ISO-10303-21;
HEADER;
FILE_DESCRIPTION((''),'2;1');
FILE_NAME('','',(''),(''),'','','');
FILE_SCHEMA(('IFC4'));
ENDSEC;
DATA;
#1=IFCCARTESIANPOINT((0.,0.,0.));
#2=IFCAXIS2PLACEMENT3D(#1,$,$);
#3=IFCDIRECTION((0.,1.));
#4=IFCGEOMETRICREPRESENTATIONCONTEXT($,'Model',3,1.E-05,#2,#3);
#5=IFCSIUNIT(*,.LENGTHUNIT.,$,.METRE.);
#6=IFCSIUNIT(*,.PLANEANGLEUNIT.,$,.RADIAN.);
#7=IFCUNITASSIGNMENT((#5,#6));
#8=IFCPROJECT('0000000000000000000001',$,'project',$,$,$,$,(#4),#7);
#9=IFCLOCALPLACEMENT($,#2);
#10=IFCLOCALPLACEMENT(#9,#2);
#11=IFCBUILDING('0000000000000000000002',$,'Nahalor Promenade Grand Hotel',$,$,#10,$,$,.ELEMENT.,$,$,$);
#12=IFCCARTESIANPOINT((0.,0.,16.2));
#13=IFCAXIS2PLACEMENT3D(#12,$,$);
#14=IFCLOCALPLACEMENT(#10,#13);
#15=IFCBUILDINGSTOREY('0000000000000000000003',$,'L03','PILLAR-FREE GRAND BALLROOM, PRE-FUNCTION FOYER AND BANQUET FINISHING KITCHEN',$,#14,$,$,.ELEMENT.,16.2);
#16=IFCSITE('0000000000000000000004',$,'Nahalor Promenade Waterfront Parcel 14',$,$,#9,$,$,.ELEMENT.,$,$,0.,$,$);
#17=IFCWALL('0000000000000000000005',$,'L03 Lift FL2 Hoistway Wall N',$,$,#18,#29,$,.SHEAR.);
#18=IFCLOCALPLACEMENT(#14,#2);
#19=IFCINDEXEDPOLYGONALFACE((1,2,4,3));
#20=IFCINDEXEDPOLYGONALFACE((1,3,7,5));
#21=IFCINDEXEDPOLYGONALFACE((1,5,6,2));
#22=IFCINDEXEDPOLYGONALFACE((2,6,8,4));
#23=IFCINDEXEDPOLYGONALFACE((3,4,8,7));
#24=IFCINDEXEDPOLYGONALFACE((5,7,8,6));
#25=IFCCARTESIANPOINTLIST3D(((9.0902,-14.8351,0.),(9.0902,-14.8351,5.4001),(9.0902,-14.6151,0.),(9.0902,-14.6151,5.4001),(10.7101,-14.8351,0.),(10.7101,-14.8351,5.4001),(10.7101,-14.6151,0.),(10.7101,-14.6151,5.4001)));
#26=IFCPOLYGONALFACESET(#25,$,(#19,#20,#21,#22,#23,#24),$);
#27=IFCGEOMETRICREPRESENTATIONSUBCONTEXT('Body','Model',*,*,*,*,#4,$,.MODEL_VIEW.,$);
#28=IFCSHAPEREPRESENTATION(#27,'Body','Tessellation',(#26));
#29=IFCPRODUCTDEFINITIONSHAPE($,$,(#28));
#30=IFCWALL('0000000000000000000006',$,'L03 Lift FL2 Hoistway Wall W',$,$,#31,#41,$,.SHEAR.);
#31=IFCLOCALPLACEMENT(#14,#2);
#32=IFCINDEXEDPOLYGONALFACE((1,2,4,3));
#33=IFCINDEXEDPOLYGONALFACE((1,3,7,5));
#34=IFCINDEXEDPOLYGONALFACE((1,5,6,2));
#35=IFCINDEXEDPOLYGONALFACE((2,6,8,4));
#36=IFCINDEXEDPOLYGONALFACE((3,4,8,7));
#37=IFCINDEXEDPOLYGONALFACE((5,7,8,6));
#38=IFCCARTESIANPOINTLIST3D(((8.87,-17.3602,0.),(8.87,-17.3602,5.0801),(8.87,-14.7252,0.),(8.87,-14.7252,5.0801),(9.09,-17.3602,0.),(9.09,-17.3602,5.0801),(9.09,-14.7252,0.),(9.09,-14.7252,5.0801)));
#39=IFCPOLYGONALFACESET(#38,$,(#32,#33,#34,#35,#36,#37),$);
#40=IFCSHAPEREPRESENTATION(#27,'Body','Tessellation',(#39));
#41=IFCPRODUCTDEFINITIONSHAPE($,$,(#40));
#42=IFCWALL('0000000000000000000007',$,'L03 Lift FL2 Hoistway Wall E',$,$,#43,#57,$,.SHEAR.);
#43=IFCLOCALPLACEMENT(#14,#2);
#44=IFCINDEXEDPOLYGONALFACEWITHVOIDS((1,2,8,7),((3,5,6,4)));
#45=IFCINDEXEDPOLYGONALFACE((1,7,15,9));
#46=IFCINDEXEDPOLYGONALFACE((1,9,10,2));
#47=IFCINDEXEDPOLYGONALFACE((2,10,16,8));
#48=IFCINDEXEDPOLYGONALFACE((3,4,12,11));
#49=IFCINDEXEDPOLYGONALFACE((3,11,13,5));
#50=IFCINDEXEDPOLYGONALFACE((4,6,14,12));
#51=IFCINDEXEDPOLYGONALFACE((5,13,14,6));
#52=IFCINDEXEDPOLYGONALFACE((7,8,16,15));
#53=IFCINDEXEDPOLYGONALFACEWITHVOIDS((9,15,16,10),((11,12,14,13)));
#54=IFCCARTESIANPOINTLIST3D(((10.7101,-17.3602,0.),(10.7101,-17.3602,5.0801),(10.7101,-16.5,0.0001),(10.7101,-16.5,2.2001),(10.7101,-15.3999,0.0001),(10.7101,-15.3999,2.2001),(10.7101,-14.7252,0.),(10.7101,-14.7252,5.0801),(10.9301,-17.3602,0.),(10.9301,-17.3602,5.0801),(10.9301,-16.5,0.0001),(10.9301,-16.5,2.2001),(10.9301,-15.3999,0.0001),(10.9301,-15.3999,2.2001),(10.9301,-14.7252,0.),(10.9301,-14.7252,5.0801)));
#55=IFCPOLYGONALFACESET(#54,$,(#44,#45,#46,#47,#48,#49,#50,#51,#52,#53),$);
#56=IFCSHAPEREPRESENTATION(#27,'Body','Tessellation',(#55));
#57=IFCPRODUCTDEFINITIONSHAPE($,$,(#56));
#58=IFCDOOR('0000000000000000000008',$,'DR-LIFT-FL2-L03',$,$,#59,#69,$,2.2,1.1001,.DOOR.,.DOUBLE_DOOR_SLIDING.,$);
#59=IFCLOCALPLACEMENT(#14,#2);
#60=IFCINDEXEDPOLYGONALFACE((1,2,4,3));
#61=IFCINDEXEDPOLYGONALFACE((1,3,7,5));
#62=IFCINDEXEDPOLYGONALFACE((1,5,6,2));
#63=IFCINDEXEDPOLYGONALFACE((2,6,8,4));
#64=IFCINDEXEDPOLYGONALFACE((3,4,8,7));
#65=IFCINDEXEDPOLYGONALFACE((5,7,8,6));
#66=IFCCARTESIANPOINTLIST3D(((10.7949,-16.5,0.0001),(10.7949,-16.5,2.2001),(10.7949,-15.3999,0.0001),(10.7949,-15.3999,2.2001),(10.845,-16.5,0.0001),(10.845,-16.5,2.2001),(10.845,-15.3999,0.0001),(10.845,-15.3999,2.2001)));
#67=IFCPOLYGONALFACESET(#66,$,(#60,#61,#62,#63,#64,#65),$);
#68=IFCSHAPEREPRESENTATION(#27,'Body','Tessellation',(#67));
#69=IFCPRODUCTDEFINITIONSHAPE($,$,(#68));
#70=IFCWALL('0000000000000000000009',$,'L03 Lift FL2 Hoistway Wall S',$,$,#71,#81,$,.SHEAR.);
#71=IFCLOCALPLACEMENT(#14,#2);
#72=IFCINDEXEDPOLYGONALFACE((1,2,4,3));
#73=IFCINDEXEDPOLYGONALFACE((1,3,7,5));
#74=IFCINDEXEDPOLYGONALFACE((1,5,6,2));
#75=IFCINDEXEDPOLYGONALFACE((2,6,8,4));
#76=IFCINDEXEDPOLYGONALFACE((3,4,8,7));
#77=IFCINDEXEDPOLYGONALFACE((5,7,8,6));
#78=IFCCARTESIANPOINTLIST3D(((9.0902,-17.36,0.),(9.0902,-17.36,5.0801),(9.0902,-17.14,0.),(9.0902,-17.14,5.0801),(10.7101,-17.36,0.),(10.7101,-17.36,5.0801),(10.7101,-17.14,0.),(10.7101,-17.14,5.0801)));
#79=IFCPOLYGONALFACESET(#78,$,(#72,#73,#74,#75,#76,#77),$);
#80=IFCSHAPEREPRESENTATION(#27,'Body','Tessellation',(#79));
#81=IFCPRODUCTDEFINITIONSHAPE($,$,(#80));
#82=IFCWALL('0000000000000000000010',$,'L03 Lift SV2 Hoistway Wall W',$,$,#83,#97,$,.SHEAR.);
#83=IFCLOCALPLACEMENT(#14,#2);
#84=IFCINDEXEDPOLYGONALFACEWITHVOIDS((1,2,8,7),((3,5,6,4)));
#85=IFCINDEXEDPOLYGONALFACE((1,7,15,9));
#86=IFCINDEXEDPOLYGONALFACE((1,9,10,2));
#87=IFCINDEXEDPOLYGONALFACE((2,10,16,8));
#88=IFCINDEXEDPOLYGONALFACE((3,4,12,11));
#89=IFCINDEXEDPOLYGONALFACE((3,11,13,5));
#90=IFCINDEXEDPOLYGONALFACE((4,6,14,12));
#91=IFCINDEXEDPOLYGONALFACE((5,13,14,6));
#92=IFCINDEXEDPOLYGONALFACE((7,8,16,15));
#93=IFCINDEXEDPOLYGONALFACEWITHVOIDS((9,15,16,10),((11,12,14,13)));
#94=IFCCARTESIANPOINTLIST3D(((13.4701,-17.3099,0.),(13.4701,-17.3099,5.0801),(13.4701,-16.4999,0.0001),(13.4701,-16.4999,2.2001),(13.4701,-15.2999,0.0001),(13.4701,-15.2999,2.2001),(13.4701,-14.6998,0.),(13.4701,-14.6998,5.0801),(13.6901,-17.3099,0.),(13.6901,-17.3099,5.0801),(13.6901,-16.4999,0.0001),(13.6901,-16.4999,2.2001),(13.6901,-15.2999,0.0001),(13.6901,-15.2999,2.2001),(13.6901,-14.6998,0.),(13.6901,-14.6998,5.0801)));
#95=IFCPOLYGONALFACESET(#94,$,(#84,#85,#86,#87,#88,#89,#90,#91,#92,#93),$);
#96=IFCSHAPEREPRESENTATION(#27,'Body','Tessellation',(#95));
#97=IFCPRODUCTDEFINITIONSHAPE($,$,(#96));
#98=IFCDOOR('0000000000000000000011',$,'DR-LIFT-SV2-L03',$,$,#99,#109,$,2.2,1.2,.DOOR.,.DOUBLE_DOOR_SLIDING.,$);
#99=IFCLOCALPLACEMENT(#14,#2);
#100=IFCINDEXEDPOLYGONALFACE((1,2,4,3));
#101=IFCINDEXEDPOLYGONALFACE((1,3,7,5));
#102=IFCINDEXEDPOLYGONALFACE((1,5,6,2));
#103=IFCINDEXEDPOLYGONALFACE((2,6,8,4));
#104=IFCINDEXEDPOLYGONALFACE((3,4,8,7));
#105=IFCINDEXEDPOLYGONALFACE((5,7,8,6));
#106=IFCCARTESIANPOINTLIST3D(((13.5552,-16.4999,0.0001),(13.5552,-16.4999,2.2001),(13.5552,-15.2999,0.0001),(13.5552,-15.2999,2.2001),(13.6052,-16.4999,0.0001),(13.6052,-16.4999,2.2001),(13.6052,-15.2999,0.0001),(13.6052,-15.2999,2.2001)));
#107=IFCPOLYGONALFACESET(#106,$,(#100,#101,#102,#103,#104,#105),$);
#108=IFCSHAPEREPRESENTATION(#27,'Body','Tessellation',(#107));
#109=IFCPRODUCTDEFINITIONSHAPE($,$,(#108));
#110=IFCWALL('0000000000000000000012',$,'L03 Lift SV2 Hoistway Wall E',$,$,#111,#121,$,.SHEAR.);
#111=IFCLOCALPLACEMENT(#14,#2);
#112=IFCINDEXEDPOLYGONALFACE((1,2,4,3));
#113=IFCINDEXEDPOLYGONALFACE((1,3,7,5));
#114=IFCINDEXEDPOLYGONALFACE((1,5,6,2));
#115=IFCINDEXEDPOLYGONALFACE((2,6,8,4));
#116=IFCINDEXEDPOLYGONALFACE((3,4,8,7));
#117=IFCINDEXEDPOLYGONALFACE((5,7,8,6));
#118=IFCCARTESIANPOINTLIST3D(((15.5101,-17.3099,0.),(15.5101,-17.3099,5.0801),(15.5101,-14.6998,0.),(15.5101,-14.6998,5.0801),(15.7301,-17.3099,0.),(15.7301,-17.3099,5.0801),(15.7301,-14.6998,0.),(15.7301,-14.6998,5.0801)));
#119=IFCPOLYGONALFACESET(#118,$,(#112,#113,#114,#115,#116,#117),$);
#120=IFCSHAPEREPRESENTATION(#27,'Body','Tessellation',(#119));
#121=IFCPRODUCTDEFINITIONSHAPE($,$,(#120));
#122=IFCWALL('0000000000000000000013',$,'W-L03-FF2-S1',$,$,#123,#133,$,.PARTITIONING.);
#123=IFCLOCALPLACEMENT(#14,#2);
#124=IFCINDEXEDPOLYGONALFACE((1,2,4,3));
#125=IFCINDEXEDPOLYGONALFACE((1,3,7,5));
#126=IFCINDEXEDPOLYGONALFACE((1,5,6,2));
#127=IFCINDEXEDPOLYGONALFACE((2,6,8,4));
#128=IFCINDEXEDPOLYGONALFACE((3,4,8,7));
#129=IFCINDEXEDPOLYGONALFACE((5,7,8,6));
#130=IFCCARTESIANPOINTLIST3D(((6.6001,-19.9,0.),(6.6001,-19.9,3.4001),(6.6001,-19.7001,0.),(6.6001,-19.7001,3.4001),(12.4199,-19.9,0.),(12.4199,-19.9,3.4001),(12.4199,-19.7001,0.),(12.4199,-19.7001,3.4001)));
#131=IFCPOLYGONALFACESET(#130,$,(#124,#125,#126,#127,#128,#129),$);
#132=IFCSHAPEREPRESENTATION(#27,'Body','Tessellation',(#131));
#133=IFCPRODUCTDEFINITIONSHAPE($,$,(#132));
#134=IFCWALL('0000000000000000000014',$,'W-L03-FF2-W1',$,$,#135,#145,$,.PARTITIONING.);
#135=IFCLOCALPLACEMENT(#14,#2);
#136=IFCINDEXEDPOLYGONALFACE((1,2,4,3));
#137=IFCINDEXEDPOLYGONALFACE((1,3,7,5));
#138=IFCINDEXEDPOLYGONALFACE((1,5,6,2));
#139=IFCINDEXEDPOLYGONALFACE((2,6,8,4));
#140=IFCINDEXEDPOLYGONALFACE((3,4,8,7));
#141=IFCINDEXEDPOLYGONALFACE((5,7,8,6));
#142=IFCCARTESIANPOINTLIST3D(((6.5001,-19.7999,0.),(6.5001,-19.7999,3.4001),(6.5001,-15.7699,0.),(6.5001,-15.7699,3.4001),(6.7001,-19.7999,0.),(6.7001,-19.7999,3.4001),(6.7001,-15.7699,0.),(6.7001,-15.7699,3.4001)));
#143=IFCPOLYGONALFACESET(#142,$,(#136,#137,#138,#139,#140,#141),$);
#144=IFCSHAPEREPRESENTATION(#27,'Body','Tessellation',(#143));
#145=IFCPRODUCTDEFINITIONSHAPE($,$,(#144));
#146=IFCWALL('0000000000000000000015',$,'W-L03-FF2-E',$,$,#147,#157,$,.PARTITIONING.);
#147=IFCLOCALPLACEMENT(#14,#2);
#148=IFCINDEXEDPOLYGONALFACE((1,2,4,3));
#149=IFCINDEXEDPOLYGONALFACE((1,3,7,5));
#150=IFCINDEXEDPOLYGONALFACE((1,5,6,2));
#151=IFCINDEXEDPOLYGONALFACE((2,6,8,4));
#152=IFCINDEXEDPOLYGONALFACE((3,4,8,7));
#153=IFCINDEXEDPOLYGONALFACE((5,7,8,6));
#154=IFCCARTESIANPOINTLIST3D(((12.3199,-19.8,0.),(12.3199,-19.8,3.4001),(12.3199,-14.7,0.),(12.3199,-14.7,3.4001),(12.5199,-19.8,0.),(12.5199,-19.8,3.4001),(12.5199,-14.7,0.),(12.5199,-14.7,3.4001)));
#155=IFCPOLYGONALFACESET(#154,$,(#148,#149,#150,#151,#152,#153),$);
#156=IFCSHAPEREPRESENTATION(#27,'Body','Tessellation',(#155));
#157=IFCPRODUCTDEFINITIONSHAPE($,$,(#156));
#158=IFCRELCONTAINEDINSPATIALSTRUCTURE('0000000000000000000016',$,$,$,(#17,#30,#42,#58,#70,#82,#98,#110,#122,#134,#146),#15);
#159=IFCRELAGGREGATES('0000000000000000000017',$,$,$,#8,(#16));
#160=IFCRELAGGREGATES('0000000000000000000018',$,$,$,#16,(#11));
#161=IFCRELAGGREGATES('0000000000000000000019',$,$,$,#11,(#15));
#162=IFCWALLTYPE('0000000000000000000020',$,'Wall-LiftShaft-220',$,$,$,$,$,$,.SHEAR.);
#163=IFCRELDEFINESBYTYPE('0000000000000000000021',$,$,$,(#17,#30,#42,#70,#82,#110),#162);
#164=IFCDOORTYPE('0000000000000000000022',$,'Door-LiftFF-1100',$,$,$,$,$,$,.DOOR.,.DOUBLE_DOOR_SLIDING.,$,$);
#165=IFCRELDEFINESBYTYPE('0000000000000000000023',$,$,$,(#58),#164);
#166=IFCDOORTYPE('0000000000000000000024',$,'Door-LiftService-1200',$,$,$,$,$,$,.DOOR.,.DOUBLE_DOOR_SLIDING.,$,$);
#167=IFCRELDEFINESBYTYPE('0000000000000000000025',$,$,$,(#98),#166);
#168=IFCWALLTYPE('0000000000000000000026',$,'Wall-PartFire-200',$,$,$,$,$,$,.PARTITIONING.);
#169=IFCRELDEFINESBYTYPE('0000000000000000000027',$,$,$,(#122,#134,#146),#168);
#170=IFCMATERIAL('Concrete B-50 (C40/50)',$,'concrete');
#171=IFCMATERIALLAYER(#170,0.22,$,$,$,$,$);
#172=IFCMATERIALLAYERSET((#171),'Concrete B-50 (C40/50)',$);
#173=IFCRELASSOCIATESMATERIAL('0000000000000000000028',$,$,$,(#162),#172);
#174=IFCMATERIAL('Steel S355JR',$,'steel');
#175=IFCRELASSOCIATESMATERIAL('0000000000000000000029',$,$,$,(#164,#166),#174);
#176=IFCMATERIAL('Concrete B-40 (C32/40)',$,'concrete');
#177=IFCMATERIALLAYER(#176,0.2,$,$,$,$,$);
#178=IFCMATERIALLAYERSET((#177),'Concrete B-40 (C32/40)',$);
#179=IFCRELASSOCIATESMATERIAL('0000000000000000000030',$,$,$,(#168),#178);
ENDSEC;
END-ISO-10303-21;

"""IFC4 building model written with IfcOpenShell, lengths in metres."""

from ifc_helpers import new_model, si_unit, direction, frame, frame_2d, origin, place, context, subcontext, project, spatial, rectangle, extrude, source, transform, mapped, material, layer, layer_set, type_object, element, fill, save


model = new_model("IFC4")

# Units and contexts
model_context = context("Model", 3, precision=1e-05, world=origin(), true_north=direction((0.0, 1.0)))
body_context = subcontext(model_context, "Body", "Model", "MODEL_VIEW")
ifc_project = project(units=[si_unit("LENGTHUNIT", "METRE"), si_unit("PLANEANGLEUNIT", "RADIAN")], contexts=[model_context])

# Site, building, storey
site_placement = place(None, origin())
site = spatial("IfcSite", under=ifc_project, at=site_placement, Name="Nahalor Promenade Waterfront Parcel 14", CompositionType="ELEMENT", RefElevation=0.0)
building_placement = place(site_placement, origin())
building = spatial("IfcBuilding", under=site, at=building_placement, Name="Nahalor Promenade Grand Hotel", CompositionType="ELEMENT")
storey_placement = place(building_placement, frame((0.0, 0.0, 16.2)))
storey = spatial("IfcBuildingStorey", under=building, at=storey_placement, Name="L03", Description="PILLAR-FREE GRAND BALLROOM, PRE-FUNCTION FOYER AND BANQUET FINISHING KITCHEN", CompositionType="ELEMENT", Elevation=16.2)

# Shared definitions
ifc_material_1 = material(Name="Steel S355JR", Category="steel")

# Shared definitions
ifc_material_2 = material(Name="Concrete B-50 (C40/50)", Category="concrete")

# Walls
ifc_layer_1 = layer(ifc_material_2, 0.22)
ifc_layer_set_1 = layer_set([ifc_layer_1], Name="Concrete B-50 (C40/50)")
wall_type_1 = type_object("IfcWallType", Name="Wall-LiftShaft-220", PredefinedType="SHEAR", material=ifc_layer_set_1)
shared_shape_1 = source(origin(), body_context, "Body", "SweptSolid", [
    extrude(rectangle(XDim=1.6199, YDim=0.22, at=frame_2d((0.8101, 0.0))), origin(), (0.0, 0.0, 1.0), 5.4001),
])
wall_1_placement = place(storey_placement, frame((9.0901, -14.7251, 0.0), z_axis=(0.0, 0.0, 1.0), x_axis=(1.0, 0.0, 0.0)))
element("IfcWall", 1, at=wall_1_placement, inside=storey, type_object=wall_type_1, Name="L03 Lift FL2 Hoistway Wall N", PredefinedType="SHEAR", context=body_context, shape_type="MappedRepresentation", body=[
    mapped(shared_shape_1, transform((0.0, 0.0, 0.0), scale=1.0)),
])
shared_shape_2 = source(origin(), body_context, "Body", "SweptSolid", [
    extrude(rectangle(XDim=2.635, YDim=0.22, at=frame_2d((1.3174, 0.0))), origin(), (0.0, 0.0, 1.0), 5.0801),
])
wall_2_placement = place(storey_placement, frame((8.98, -17.3601, 0.0), z_axis=(0.0, 0.0, 1.0), x_axis=(0.0, 1.0, 0.0)))
element("IfcWall", 2, at=wall_2_placement, inside=storey, type_object=wall_type_1, Name="L03 Lift FL2 Hoistway Wall W", PredefinedType="SHEAR", context=body_context, shape_type="MappedRepresentation", body=[
    mapped(shared_shape_2, transform((0.0, 0.0, 0.0), scale=1.0)),
])

# Wall, opening, door
wall_3_placement = place(storey_placement, frame((10.8201, -17.3601, 0.0), z_axis=(0.0, 0.0, 1.0), x_axis=(0.0, 1.0, 0.0)))
wall_3 = element("IfcWall", 3, at=wall_3_placement, inside=storey, type_object=wall_type_1, Name="L03 Lift FL2 Hoistway Wall E", PredefinedType="SHEAR", context=body_context, shape_type="MappedRepresentation", body=[
    mapped(shared_shape_2, transform((0.0, 0.0, 0.0), scale=1.0)),
])
opening_1_placement = place(wall_3_placement, frame((0.8601, 0.0, 0.0)))
opening_1 = element("IfcOpeningElement", 4, at=opening_1_placement, cuts=wall_3, PredefinedType="OPENING", context=body_context, shape_type="SweptSolid", body=[
    extrude(rectangle(XDim=1.1001, YDim=2.2, at=frame_2d((0.55, 1.1001))), frame((0.0, 0.1199, 0.0), z_axis=(0.0, -1.0, 0.0), x_axis=(1.0, 0.0, 0.0)), (0.0, 0.0, 1.0), 0.24),
])
door_type_1 = type_object("IfcDoorType", Name="Door-LiftFF-1100", OperationType="DOUBLE_DOOR_SLIDING", PredefinedType="DOOR", material=ifc_material_1)
shared_shape_3 = source(origin(), body_context, "Body", "SweptSolid", [
    extrude(rectangle(XDim=1.1001, YDim=2.2, at=frame_2d((0.55, 1.1001))), frame((0.0, 0.0249, 0.0), z_axis=(0.0, -1.0, 0.0), x_axis=(1.0, 0.0, 0.0)), (0.0, 0.0, 1.0), 0.05),
])
door_1_placement = place(opening_1_placement, frame((1.1001, 0.0, 0.0), z_axis=(0.0, 0.0, 1.0), x_axis=(-1.0, 0.0, 0.0)))
door_1 = element("IfcDoor", 5, at=door_1_placement, inside=storey, type_object=door_type_1, Name="DR-LIFT-FL2-L03", OperationType="DOUBLE_DOOR_SLIDING", OverallHeight=2.2, OverallWidth=1.1001, PredefinedType="DOOR", context=body_context, shape_type="MappedRepresentation", body=[
    mapped(shared_shape_3, transform((0.0, 0.0, 0.0), scale=1.0)),
])
fill(opening_1, door_1)

# Wall
shared_shape_4 = source(origin(), body_context, "Body", "SweptSolid", [
    extrude(rectangle(XDim=1.6199, YDim=0.22, at=frame_2d((0.8101, 0.0))), origin(), (0.0, 0.0, 1.0), 5.0801),
])
wall_4_placement = place(storey_placement, frame((9.0901, -17.25, 0.0), z_axis=(0.0, 0.0, 1.0), x_axis=(1.0, 0.0, 0.0)))
element("IfcWall", 6, at=wall_4_placement, inside=storey, type_object=wall_type_1, Name="L03 Lift FL2 Hoistway Wall S", PredefinedType="SHEAR", context=body_context, shape_type="MappedRepresentation", body=[
    mapped(shared_shape_4, transform((0.0, 0.0, 0.0), scale=1.0)),
])

# Wall, opening, door
shared_shape_5 = source(origin(), body_context, "Body", "SweptSolid", [
    extrude(rectangle(XDim=2.6101, YDim=0.22, at=frame_2d((1.3052, 0.0))), origin(), (0.0, 0.0, 1.0), 5.0801),
])
wall_5_placement = place(storey_placement, frame((13.5801, -17.3101, 0.0), z_axis=(0.0, 0.0, 1.0), x_axis=(0.0, 1.0, 0.0)))
wall_5 = element("IfcWall", 7, at=wall_5_placement, inside=storey, type_object=wall_type_1, Name="L03 Lift SV2 Hoistway Wall W", PredefinedType="SHEAR", context=body_context, shape_type="MappedRepresentation", body=[
    mapped(shared_shape_5, transform((0.0, 0.0, 0.0), scale=1.0)),
])
opening_2_placement = place(wall_5_placement, frame((0.8101, 0.0, 0.0)))
opening_2 = element("IfcOpeningElement", 8, at=opening_2_placement, cuts=wall_5, PredefinedType="OPENING", context=body_context, shape_type="SweptSolid", body=[
    extrude(rectangle(XDim=1.2, YDim=2.2, at=frame_2d((0.6001, 1.1001))), frame((0.0, 0.1199, 0.0), z_axis=(0.0, -1.0, 0.0), x_axis=(1.0, 0.0, 0.0)), (0.0, 0.0, 1.0), 0.24),
])
door_type_2 = type_object("IfcDoorType", Name="Door-LiftService-1200", OperationType="DOUBLE_DOOR_SLIDING", PredefinedType="DOOR", material=ifc_material_1)
shared_shape_6 = source(origin(), body_context, "Body", "SweptSolid", [
    extrude(rectangle(XDim=1.2, YDim=2.2, at=frame_2d((0.6001, 1.1001))), frame((0.0, 0.0249, 0.0), z_axis=(0.0, -1.0, 0.0), x_axis=(1.0, 0.0, 0.0)), (0.0, 0.0, 1.0), 0.05),
])
door_2_placement = place(opening_2_placement, origin())
door_2 = element("IfcDoor", 9, at=door_2_placement, inside=storey, type_object=door_type_2, Name="DR-LIFT-SV2-L03", OperationType="DOUBLE_DOOR_SLIDING", OverallHeight=2.2, OverallWidth=1.2, PredefinedType="DOOR", context=body_context, shape_type="MappedRepresentation", body=[
    mapped(shared_shape_6, transform((0.0, 0.0, 0.0), scale=1.0)),
])
fill(opening_2, door_2)

# Walls
wall_6_placement = place(storey_placement, frame((15.6201, -17.3101, 0.0), z_axis=(0.0, 0.0, 1.0), x_axis=(0.0, 1.0, 0.0)))
element("IfcWall", 10, at=wall_6_placement, inside=storey, type_object=wall_type_1, Name="L03 Lift SV2 Hoistway Wall E", PredefinedType="SHEAR", context=body_context, shape_type="MappedRepresentation", body=[
    mapped(shared_shape_5, transform((0.0, 0.0, 0.0), scale=1.0)),
])
ifc_material_3 = material(Name="Concrete B-40 (C32/40)", Category="concrete")
ifc_layer_2 = layer(ifc_material_3, 0.2)
ifc_layer_set_2 = layer_set([ifc_layer_2], Name="Concrete B-40 (C32/40)")
wall_type_2 = type_object("IfcWallType", Name="Wall-PartFire-200", PredefinedType="PARTITIONING", material=ifc_layer_set_2)
shared_shape_7 = source(origin(), body_context, "Body", "SweptSolid", [
    extrude(rectangle(XDim=5.8198, YDim=0.2, at=frame_2d((2.9099, 0.0))), origin(), (0.0, 0.0, 1.0), 3.4001),
])
wall_7_placement = place(storey_placement, frame((6.6001, -19.8, 0.0), z_axis=(0.0, 0.0, 1.0), x_axis=(1.0, 0.0, 0.0)))
element("IfcWall", 11, at=wall_7_placement, inside=storey, type_object=wall_type_2, Name="W-L03-FF2-S1", PredefinedType="PARTITIONING", context=body_context, shape_type="MappedRepresentation", body=[
    mapped(shared_shape_7, transform((0.0, 0.0, 0.0), scale=1.0)),
])
shared_shape_8 = source(origin(), body_context, "Body", "SweptSolid", [
    extrude(rectangle(XDim=4.03, YDim=0.2, at=frame_2d((2.0151, 0.0))), origin(), (0.0, 0.0, 1.0), 3.4001),
])
wall_8_placement = place(storey_placement, frame((6.6001, -19.8, 0.0), z_axis=(0.0, 0.0, 1.0), x_axis=(0.0, 1.0, 0.0)))
element("IfcWall", 12, at=wall_8_placement, inside=storey, type_object=wall_type_2, Name="W-L03-FF2-W1", PredefinedType="PARTITIONING", context=body_context, shape_type="MappedRepresentation", body=[
    mapped(shared_shape_8, transform((0.0, 0.0, 0.0), scale=1.0)),
])
shared_shape_9 = source(origin(), body_context, "Body", "SweptSolid", [
    extrude(rectangle(XDim=5.1001, YDim=0.2, at=frame_2d((2.55, 0.0))), origin(), (0.0, 0.0, 1.0), 3.4001),
])
wall_9_placement = place(storey_placement, frame((12.4199, -19.8, 0.0), z_axis=(0.0, 0.0, 1.0), x_axis=(0.0, 1.0, 0.0)))
element("IfcWall", 13, at=wall_9_placement, inside=storey, type_object=wall_type_2, Name="W-L03-FF2-E", PredefinedType="PARTITIONING", context=body_context, shape_type="MappedRepresentation", body=[
    mapped(shared_shape_9, transform((0.0, 0.0, 0.0), scale=1.0)),
])

save(model, "model.ifc")
